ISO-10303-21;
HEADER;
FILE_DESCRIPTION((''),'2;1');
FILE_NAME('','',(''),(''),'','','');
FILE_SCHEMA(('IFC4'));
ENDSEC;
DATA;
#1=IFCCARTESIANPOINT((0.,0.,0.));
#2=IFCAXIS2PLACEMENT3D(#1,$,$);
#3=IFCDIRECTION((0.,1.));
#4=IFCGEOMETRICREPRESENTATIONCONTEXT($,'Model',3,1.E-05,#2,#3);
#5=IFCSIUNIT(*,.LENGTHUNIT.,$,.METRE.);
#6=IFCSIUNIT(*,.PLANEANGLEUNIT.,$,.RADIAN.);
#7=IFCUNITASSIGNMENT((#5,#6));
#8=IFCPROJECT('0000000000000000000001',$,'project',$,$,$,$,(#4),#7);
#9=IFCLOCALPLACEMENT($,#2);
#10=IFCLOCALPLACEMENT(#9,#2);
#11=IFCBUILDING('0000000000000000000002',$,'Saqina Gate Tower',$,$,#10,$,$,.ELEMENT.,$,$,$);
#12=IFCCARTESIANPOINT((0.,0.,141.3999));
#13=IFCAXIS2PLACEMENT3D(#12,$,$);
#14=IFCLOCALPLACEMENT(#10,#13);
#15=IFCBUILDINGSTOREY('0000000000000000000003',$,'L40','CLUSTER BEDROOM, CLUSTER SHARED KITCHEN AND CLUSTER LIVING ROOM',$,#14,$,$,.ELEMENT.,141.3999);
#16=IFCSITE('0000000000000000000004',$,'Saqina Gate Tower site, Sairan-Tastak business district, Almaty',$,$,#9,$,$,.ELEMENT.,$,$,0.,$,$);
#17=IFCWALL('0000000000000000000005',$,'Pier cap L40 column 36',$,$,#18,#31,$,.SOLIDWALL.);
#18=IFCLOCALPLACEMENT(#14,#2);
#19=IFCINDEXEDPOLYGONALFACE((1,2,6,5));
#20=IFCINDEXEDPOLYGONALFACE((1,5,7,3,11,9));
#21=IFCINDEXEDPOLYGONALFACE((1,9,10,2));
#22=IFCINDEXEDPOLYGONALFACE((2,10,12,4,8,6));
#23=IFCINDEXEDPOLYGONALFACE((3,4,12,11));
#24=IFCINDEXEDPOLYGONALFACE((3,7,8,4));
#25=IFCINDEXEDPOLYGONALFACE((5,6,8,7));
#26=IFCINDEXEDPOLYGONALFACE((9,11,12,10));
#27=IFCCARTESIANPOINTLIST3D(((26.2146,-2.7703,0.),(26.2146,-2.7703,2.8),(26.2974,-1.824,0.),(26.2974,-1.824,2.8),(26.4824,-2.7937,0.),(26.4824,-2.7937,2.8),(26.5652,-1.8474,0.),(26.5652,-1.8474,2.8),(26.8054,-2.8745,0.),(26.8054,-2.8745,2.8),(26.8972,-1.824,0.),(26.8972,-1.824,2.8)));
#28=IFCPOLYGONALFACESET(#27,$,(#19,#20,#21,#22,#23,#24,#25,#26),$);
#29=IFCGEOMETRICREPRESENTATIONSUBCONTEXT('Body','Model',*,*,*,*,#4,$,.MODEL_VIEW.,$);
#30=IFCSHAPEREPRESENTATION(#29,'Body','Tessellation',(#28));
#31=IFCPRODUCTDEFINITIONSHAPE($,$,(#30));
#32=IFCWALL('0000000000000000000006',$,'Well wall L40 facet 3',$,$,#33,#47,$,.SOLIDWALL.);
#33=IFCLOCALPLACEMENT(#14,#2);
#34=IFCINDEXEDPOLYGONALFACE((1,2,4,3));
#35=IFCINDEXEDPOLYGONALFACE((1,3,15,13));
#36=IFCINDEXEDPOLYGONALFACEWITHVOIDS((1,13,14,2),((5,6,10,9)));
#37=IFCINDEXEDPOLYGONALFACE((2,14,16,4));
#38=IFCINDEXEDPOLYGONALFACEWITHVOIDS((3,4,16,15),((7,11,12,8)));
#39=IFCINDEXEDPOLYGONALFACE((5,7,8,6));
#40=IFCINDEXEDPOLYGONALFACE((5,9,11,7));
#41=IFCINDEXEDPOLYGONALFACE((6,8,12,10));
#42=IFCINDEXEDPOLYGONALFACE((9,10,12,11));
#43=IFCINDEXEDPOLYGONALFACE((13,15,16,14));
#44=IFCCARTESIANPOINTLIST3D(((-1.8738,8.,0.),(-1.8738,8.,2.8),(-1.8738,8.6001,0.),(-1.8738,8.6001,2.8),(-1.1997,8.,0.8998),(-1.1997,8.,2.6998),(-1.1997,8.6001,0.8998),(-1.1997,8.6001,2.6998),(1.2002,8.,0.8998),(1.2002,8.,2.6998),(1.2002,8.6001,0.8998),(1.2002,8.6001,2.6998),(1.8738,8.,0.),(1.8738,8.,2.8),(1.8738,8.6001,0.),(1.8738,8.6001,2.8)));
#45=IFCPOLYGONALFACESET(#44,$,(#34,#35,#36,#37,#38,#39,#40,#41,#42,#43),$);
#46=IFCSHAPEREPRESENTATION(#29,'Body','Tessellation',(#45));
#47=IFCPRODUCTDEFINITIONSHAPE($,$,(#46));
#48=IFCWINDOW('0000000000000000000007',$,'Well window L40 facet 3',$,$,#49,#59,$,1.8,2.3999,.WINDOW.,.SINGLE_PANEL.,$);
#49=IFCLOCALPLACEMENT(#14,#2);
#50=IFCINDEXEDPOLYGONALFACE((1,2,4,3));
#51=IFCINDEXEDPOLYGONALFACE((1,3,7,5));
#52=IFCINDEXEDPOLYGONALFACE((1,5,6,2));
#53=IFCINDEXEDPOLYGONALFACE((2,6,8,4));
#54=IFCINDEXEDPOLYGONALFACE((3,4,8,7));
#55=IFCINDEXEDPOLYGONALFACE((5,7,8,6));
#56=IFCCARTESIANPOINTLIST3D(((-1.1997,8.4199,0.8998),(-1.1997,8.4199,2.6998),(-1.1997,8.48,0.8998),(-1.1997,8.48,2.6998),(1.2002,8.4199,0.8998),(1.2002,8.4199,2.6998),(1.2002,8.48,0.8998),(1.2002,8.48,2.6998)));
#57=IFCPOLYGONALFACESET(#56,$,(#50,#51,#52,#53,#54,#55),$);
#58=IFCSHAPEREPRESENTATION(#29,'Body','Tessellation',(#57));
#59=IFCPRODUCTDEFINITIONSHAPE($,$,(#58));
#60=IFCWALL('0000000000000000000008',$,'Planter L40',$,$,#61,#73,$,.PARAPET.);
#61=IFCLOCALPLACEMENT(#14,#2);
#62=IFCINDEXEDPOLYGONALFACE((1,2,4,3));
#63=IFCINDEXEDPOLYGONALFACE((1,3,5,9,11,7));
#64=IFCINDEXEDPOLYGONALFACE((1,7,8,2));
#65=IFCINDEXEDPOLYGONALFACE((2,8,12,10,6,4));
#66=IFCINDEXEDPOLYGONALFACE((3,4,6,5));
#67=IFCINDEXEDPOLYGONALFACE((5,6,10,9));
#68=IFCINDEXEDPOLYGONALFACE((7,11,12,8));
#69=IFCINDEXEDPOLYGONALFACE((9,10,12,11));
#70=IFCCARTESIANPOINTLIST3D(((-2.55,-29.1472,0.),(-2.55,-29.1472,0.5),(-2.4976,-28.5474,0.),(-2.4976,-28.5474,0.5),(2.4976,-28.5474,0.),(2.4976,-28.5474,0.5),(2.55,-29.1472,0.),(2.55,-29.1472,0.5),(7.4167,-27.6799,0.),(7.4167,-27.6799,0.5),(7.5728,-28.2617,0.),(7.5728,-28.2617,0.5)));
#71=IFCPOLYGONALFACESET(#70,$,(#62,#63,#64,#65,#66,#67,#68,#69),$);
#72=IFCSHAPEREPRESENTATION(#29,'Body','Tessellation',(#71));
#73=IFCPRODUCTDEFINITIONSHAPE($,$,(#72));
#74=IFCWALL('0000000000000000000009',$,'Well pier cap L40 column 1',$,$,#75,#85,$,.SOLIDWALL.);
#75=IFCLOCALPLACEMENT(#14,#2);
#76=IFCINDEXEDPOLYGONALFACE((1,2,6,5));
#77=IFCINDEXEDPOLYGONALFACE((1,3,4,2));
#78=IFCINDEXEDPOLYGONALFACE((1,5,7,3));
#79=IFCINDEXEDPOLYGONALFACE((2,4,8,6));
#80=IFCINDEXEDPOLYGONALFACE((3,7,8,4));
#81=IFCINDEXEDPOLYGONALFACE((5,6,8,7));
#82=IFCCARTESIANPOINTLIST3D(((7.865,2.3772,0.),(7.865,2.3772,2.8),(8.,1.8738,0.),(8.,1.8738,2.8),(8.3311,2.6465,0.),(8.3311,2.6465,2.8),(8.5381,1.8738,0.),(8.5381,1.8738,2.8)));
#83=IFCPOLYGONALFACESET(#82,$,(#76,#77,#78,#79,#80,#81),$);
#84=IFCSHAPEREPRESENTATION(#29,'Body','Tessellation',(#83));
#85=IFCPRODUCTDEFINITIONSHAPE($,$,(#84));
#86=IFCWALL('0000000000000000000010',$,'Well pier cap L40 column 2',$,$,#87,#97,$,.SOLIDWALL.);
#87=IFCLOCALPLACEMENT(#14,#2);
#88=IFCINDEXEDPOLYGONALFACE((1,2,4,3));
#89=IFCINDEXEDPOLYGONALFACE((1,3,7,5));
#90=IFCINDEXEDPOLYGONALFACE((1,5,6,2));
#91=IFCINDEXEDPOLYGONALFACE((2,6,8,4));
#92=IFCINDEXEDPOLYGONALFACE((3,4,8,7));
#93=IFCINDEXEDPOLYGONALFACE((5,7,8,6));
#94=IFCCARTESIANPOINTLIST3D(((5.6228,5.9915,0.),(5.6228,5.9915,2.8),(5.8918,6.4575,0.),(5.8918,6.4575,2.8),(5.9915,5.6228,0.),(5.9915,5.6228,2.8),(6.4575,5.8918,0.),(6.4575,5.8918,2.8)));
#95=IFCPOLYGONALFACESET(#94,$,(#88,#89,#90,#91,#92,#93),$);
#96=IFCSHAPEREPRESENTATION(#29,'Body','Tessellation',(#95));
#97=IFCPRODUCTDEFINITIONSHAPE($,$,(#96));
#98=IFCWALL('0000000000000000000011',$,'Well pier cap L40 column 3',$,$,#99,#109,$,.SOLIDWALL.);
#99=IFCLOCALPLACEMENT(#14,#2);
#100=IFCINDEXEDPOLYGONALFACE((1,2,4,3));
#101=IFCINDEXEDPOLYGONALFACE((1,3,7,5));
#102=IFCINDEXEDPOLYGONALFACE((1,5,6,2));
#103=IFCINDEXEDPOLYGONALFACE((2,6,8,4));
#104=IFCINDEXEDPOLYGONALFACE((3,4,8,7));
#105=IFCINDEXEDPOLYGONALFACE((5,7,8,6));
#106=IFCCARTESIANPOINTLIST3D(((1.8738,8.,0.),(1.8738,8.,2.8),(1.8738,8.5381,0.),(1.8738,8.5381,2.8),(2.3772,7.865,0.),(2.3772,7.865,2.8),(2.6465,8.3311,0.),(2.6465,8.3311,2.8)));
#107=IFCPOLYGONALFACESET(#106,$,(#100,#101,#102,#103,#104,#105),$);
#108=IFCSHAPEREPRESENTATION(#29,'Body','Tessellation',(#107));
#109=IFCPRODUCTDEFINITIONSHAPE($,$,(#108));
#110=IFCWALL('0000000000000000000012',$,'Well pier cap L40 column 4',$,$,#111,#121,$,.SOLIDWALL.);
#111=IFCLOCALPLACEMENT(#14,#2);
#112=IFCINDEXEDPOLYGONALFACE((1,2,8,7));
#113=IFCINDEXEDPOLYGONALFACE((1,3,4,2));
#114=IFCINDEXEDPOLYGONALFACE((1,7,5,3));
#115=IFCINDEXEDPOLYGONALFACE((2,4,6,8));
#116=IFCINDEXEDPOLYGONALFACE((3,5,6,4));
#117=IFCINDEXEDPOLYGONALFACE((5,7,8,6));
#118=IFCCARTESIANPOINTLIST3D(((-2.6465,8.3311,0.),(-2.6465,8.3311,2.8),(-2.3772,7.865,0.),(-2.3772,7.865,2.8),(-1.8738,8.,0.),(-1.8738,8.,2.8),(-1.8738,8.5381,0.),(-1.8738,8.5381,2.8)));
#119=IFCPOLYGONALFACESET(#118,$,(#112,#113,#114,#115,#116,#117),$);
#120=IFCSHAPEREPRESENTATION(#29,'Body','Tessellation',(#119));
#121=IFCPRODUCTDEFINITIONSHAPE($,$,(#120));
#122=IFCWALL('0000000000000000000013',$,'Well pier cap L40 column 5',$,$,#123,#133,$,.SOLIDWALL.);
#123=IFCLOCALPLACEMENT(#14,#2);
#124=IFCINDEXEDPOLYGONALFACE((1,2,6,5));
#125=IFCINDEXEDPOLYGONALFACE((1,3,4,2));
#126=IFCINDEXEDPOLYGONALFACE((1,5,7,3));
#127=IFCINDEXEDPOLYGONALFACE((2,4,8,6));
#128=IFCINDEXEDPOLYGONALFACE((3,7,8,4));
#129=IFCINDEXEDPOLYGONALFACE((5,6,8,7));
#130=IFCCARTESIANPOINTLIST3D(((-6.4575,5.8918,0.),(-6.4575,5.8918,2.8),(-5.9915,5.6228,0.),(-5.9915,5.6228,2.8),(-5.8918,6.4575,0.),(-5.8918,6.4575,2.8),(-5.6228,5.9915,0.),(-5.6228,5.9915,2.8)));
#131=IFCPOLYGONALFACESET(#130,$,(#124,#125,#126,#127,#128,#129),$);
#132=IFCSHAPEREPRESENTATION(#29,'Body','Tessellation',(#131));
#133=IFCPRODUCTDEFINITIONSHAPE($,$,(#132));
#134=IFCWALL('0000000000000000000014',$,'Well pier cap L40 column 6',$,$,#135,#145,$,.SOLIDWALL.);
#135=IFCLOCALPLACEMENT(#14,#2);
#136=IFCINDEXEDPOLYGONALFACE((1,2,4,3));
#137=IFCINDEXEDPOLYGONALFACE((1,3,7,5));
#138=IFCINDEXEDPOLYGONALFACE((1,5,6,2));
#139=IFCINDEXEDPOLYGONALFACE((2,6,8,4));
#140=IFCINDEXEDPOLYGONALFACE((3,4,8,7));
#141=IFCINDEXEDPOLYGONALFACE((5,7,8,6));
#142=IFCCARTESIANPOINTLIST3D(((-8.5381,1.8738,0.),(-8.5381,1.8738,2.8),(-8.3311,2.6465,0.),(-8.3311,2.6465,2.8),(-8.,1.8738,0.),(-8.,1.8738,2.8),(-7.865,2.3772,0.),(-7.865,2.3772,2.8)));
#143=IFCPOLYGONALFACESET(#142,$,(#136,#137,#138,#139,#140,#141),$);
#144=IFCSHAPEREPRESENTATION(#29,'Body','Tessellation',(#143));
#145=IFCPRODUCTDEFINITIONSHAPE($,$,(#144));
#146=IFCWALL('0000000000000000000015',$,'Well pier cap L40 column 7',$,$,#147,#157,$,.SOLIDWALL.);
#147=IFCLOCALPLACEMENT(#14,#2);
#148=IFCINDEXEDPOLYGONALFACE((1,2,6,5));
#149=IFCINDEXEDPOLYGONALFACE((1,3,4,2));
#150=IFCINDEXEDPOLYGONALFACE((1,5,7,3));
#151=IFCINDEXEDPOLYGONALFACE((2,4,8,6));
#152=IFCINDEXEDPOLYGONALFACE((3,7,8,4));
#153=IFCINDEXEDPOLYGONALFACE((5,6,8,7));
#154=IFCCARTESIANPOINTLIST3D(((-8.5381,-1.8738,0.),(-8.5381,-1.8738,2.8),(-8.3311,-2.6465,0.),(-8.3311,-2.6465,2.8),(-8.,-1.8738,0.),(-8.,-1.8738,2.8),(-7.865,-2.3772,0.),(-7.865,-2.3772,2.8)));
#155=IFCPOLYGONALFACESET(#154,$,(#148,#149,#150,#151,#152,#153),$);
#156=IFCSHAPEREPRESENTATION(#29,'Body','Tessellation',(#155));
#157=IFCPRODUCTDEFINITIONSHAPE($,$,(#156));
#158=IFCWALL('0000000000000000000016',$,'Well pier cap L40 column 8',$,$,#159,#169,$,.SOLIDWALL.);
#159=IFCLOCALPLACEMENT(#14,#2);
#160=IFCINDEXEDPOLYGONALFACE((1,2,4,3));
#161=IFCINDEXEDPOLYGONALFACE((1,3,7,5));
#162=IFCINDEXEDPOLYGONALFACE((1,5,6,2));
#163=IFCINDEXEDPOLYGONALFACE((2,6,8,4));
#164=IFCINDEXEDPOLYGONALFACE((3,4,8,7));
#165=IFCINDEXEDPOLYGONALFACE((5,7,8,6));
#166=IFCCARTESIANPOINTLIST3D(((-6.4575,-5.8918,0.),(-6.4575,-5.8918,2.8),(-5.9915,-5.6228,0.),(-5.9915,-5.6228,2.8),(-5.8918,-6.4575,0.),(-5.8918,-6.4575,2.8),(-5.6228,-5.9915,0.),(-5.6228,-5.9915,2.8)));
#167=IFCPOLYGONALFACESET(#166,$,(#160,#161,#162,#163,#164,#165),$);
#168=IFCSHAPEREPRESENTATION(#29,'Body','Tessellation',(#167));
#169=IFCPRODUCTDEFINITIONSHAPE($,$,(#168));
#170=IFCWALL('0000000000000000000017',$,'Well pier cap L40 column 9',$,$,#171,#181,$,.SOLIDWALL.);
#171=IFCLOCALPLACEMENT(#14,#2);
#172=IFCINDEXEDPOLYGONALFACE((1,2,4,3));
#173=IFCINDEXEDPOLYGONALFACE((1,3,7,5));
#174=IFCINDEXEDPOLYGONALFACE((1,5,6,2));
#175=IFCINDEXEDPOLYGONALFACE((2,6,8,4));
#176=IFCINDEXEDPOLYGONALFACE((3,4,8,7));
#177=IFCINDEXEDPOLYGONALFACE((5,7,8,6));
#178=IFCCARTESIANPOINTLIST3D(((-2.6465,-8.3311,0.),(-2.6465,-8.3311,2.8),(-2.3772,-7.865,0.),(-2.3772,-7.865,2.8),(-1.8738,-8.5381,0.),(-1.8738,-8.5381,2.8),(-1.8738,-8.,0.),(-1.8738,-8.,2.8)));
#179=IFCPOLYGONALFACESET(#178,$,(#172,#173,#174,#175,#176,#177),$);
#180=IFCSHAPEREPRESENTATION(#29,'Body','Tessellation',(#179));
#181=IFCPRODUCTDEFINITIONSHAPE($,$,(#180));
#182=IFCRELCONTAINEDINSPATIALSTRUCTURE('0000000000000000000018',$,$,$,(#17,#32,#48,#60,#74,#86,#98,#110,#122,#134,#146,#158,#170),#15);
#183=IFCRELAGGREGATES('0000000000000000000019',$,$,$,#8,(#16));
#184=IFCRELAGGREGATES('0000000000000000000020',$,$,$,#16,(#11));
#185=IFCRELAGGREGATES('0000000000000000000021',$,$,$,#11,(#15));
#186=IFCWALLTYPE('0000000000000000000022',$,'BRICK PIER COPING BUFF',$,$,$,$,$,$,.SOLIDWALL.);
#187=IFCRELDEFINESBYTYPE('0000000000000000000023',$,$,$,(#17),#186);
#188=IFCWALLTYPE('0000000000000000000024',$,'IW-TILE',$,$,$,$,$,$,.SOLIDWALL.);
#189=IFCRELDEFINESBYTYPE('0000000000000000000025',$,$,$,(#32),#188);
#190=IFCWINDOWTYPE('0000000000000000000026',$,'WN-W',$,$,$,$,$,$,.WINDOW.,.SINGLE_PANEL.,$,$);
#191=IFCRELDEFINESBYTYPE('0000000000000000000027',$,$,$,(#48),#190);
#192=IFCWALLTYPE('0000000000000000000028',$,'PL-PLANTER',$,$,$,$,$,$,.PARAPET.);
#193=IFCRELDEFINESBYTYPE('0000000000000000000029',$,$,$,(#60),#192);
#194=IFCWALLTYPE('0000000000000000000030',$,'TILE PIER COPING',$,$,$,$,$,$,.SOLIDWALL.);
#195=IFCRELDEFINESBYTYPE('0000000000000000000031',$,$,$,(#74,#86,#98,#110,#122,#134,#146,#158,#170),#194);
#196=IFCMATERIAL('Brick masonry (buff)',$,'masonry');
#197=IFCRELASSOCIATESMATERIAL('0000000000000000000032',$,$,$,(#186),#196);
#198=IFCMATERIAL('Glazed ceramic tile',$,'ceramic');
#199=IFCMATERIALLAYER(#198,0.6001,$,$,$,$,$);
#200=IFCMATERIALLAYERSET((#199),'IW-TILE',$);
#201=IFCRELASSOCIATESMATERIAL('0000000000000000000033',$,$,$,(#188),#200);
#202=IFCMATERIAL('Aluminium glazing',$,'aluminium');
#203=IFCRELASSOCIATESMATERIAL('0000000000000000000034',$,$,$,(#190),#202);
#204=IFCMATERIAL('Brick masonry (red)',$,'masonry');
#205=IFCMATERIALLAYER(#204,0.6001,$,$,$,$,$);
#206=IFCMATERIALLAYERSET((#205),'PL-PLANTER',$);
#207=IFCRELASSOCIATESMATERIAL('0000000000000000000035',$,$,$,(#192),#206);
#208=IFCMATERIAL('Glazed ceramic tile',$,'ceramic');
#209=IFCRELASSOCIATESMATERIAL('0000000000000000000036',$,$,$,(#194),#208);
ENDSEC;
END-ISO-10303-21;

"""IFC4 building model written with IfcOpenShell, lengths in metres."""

from ifc_helpers import new_model, si_unit, direction, frame, frame_2d, origin, place, context, subcontext, project, spatial, polyline, rectangle, outline, extrude, material, layer, layer_set, type_object, element, fill, save


model = new_model("IFC4")

# Units and contexts
model_context = context("Model", 3, precision=1e-05, world=origin(), true_north=direction((0.0, 1.0)))
body_context = subcontext(model_context, "Body", "Model", "MODEL_VIEW")
ifc_project = project(units=[si_unit("LENGTHUNIT", "METRE"), si_unit("PLANEANGLEUNIT", "RADIAN")], contexts=[model_context])

# Site, building, storey
site_placement = place(None, origin())
site = spatial("IfcSite", under=ifc_project, at=site_placement, Name="Saqina Gate Tower site, Sairan-Tastak business district, Almaty", CompositionType="ELEMENT", RefElevation=0.0)
building_placement = place(site_placement, origin())
building = spatial("IfcBuilding", under=site, at=building_placement, Name="Saqina Gate Tower", CompositionType="ELEMENT")
storey_placement = place(building_placement, frame((0.0, 0.0, 141.3999)))
storey = spatial("IfcBuildingStorey", under=building, at=storey_placement, Name="L40", Description="CLUSTER BEDROOM, CLUSTER SHARED KITCHEN AND CLUSTER LIVING ROOM", CompositionType="ELEMENT", Elevation=141.3999)

# Wall
ifc_material_1 = material(Name="Brick masonry (buff)", Category="masonry")
wall_type_1 = type_object("IfcWallType", Name="BRICK PIER COPING BUFF", PredefinedType="SOLIDWALL", material=ifc_material_1)
wall_1_placement = place(storey_placement, origin())
element("IfcWall", 1, at=wall_1_placement, inside=storey, type_object=wall_type_1, Name="Pier cap L40 column 36", PredefinedType="SOLIDWALL", context=body_context, shape_type="SweptSolid", body=[
    extrude(outline(polyline([(26.8054, -2.8745), (26.8972, -1.824), (26.2974, -1.824), (26.5652, -1.8474), (26.4824, -2.7937), (26.2146, -2.7703), (26.8054, -2.8745)])), origin(), (0.0, 0.0, 1.0), 2.8),
])

# Wall, opening, window
ifc_material_2 = material(Name="Glazed ceramic tile", Category="ceramic")
ifc_layer_1 = layer(ifc_material_2, 0.6001)
ifc_layer_set_1 = layer_set([ifc_layer_1], Name="IW-TILE")
wall_type_2 = type_object("IfcWallType", Name="IW-TILE", PredefinedType="SOLIDWALL", material=ifc_layer_set_1)
wall_2_placement = place(storey_placement, frame((1.8738, 8.3, 0.0), z_axis=(0.0, 0.0, 1.0), x_axis=(-1.0, 0.0, 0.0)))
wall_2 = element("IfcWall", 2, at=wall_2_placement, inside=storey, type_object=wall_type_2, Name="Well wall L40 facet 3", PredefinedType="SOLIDWALL", context=body_context, shape_type="SweptSolid", body=[
    extrude(rectangle(XDim=3.7476, YDim=0.6001, at=frame_2d((1.8738, 0.0))), origin(), (0.0, 0.0, 1.0), 2.8),
])
opening_placement = place(wall_2_placement, frame((0.6736, 0.0, 0.8999)))
opening = element("IfcOpeningElement", 3, at=opening_placement, cuts=wall_2, PredefinedType="OPENING", context=body_context, shape_type="SweptSolid", body=[
    extrude(rectangle(XDim=2.3999, YDim=1.8, at=frame_2d((1.2, 0.8999))), frame((0.0, 0.312, 0.0), z_axis=(0.0, -1.0, 0.0), x_axis=(1.0, 0.0, 0.0)), (0.0, 0.0, 1.0), 0.624),
])
ifc_material_3 = material(Name="Aluminium glazing", Category="aluminium")
window_type = type_object("IfcWindowType", Name="WN-W", PartitioningType="SINGLE_PANEL", PredefinedType="WINDOW", material=ifc_material_3)
window_placement = place(opening_placement, origin())
window = element("IfcWindow", 4, at=window_placement, inside=storey, type_object=window_type, Name="Well window L40 facet 3", OverallHeight=1.8, OverallWidth=2.3999, PartitioningType="SINGLE_PANEL", PredefinedType="WINDOW", context=body_context, shape_type="SweptSolid", body=[
    extrude(rectangle(XDim=2.3999, YDim=1.8, at=frame_2d((1.2, 0.8999))), frame((0.0, -0.1199, 0.0), z_axis=(0.0, -1.0, 0.0), x_axis=(1.0, 0.0, 0.0)), (0.0, 0.0, 1.0), 0.0601),
])
fill(opening, window)

# Walls
ifc_material_4 = material(Name="Brick masonry (red)", Category="masonry")
ifc_layer_2 = layer(ifc_material_4, 0.6001)
ifc_layer_set_2 = layer_set([ifc_layer_2], Name="PL-PLANTER")
wall_type_3 = type_object("IfcWallType", Name="PL-PLANTER", PredefinedType="PARAPET", material=ifc_layer_set_2)
wall_3_placement = place(storey_placement, origin())
element("IfcWall", 5, at=wall_3_placement, inside=storey, type_object=wall_type_3, Name="Planter L40", PredefinedType="PARAPET", context=body_context, shape_type="SweptSolid", body=[
    extrude(outline(polyline([(-2.55, -29.1472), (2.55, -29.1472), (7.5728, -28.2617), (7.4167, -27.6799), (2.4976, -28.5474), (-2.4976, -28.5474), (-2.55, -29.1472)])), origin(), (0.0, 0.0, 1.0), 0.5),
])
ifc_material_5 = material(Name="Glazed ceramic tile", Category="ceramic")
wall_type_4 = type_object("IfcWallType", Name="TILE PIER COPING", PredefinedType="SOLIDWALL", material=ifc_material_5)
wall_4_placement = place(storey_placement, origin())
element("IfcWall", 6, at=wall_4_placement, inside=storey, type_object=wall_type_4, Name="Well pier cap L40 column 1", PredefinedType="SOLIDWALL", context=body_context, shape_type="SweptSolid", body=[
    extrude(outline(polyline([(8.3311, 2.6465), (7.865, 2.3772), (8.0, 1.8738), (8.5381, 1.8738), (8.3311, 2.6465)])), origin(), (0.0, 0.0, 1.0), 2.8),
])
wall_5_placement = place(storey_placement, origin())
element("IfcWall", 7, at=wall_5_placement, inside=storey, type_object=wall_type_4, Name="Well pier cap L40 column 2", PredefinedType="SOLIDWALL", context=body_context, shape_type="SweptSolid", body=[
    extrude(outline(polyline([(5.8918, 6.4575), (5.6228, 5.9915), (5.9915, 5.6228), (6.4575, 5.8918), (5.8918, 6.4575)])), origin(), (0.0, 0.0, 1.0), 2.8),
])
wall_6_placement = place(storey_placement, origin())
element("IfcWall", 8, at=wall_6_placement, inside=storey, type_object=wall_type_4, Name="Well pier cap L40 column 3", PredefinedType="SOLIDWALL", context=body_context, shape_type="SweptSolid", body=[
    extrude(outline(polyline([(1.8738, 8.5381), (1.8738, 8.0), (2.3772, 7.865), (2.6465, 8.3311), (1.8738, 8.5381)])), origin(), (0.0, 0.0, 1.0), 2.8),
])
wall_7_placement = place(storey_placement, origin())
element("IfcWall", 9, at=wall_7_placement, inside=storey, type_object=wall_type_4, Name="Well pier cap L40 column 4", PredefinedType="SOLIDWALL", context=body_context, shape_type="SweptSolid", body=[
    extrude(outline(polyline([(-2.6465, 8.3311), (-2.3772, 7.865), (-1.8738, 8.0), (-1.8738, 8.5381), (-2.6465, 8.3311)])), origin(), (0.0, 0.0, 1.0), 2.8),
])
wall_8_placement = place(storey_placement, origin())
element("IfcWall", 10, at=wall_8_placement, inside=storey, type_object=wall_type_4, Name="Well pier cap L40 column 5", PredefinedType="SOLIDWALL", context=body_context, shape_type="SweptSolid", body=[
    extrude(outline(polyline([(-6.4575, 5.8918), (-5.9915, 5.6228), (-5.6228, 5.9915), (-5.8918, 6.4575), (-6.4575, 5.8918)])), origin(), (0.0, 0.0, 1.0), 2.8),
])
wall_9_placement = place(storey_placement, origin())
element("IfcWall", 11, at=wall_9_placement, inside=storey, type_object=wall_type_4, Name="Well pier cap L40 column 6", PredefinedType="SOLIDWALL", context=body_context, shape_type="SweptSolid", body=[
    extrude(outline(polyline([(-8.5381, 1.8738), (-8.0, 1.8738), (-7.865, 2.3772), (-8.3311, 2.6465), (-8.5381, 1.8738)])), origin(), (0.0, 0.0, 1.0), 2.8),
])
wall_10_placement = place(storey_placement, origin())
element("IfcWall", 12, at=wall_10_placement, inside=storey, type_object=wall_type_4, Name="Well pier cap L40 column 7", PredefinedType="SOLIDWALL", context=body_context, shape_type="SweptSolid", body=[
    extrude(outline(polyline([(-8.3311, -2.6465), (-7.865, -2.3772), (-8.0, -1.8738), (-8.5381, -1.8738), (-8.3311, -2.6465)])), origin(), (0.0, 0.0, 1.0), 2.8),
])
wall_11_placement = place(storey_placement, origin())
element("IfcWall", 13, at=wall_11_placement, inside=storey, type_object=wall_type_4, Name="Well pier cap L40 column 8", PredefinedType="SOLIDWALL", context=body_context, shape_type="SweptSolid", body=[
    extrude(outline(polyline([(-6.4575, -5.8918), (-5.8918, -6.4575), (-5.6228, -5.9915), (-5.9915, -5.6228), (-6.4575, -5.8918)])), origin(), (0.0, 0.0, 1.0), 2.8),
])
wall_12_placement = place(storey_placement, origin())
element("IfcWall", 14, at=wall_12_placement, inside=storey, type_object=wall_type_4, Name="Well pier cap L40 column 9", PredefinedType="SOLIDWALL", context=body_context, shape_type="SweptSolid", body=[
    extrude(outline(polyline([(-1.8738, -8.5381), (-1.8738, -8.0), (-2.3772, -7.865), (-2.6465, -8.3311), (-1.8738, -8.5381)])), origin(), (0.0, 0.0, 1.0), 2.8),
])

save(model, "model.ifc")
